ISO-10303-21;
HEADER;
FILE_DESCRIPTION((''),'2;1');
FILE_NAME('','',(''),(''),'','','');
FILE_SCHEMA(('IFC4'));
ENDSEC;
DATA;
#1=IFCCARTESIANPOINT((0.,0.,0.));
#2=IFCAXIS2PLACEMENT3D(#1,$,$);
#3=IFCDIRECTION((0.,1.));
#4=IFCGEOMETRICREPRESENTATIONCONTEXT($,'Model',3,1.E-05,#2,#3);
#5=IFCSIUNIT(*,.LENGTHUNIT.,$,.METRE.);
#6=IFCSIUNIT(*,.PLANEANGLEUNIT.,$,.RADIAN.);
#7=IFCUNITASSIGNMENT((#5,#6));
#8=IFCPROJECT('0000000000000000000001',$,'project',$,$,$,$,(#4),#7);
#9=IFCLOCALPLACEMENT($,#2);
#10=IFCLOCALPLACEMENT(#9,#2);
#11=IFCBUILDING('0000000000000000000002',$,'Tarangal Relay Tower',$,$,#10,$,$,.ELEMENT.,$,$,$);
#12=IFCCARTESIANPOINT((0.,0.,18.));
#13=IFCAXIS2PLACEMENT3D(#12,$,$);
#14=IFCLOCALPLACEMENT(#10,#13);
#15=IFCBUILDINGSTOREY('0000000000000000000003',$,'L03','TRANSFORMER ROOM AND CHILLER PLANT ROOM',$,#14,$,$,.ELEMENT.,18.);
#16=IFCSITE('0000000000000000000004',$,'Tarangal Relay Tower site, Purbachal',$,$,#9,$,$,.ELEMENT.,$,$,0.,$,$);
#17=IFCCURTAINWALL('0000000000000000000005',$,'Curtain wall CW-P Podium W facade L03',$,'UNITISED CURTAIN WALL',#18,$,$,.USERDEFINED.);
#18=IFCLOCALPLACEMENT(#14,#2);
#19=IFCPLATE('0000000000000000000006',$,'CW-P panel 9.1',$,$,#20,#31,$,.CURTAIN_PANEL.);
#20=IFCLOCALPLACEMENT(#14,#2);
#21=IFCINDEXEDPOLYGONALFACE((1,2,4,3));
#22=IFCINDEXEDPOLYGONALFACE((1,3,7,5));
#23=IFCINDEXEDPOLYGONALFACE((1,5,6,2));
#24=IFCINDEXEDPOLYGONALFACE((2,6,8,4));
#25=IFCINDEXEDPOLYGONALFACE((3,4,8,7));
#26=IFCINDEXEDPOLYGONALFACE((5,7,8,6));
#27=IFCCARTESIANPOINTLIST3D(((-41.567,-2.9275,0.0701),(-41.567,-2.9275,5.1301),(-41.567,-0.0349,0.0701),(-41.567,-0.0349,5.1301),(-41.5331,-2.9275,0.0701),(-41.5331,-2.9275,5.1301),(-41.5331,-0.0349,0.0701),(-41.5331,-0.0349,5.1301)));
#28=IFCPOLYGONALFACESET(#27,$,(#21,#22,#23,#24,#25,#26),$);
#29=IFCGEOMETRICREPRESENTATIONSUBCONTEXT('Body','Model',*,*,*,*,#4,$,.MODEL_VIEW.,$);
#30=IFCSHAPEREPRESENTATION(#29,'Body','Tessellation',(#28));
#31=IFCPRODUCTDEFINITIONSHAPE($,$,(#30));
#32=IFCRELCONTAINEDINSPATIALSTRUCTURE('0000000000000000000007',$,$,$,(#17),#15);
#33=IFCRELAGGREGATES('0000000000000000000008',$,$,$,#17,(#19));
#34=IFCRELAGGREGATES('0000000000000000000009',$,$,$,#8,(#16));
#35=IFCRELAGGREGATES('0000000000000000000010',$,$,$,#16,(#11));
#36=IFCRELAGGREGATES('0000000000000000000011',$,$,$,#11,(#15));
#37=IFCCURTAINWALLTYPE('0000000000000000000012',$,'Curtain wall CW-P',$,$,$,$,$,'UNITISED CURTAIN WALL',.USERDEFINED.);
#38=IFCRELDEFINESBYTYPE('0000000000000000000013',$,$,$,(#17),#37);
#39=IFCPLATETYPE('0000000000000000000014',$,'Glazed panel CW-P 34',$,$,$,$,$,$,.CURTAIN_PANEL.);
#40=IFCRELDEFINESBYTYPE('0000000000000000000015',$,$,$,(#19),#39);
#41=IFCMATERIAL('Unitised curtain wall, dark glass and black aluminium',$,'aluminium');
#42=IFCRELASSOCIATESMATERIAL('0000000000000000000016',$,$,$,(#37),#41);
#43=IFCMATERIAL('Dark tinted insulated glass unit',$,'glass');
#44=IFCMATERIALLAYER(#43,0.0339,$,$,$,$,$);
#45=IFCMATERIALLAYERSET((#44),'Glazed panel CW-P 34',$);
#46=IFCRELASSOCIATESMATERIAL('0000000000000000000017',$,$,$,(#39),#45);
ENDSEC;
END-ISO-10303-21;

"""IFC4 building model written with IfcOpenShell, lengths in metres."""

from ifc_helpers import new_model, si_unit, direction, frame, origin, origin_2d, place, context, subcontext, project, spatial, rectangle, extrude, material, layer, layer_set, type_object, element, aggregate, save


model = new_model("IFC4")

# Units and contexts
model_context = context("Model", 3, precision=1e-05, world=origin(), true_north=direction((0.0, 1.0)))
body_context = subcontext(model_context, "Body", "Model", "MODEL_VIEW")
ifc_project = project(units=[si_unit("LENGTHUNIT", "METRE"), si_unit("PLANEANGLEUNIT", "RADIAN")], contexts=[model_context])

# Site, building, storey
site_placement = place(None, origin())
site = spatial("IfcSite", under=ifc_project, at=site_placement, Name="Tarangal Relay Tower site, Purbachal", CompositionType="ELEMENT", RefElevation=0.0)
building_placement = place(site_placement, origin())
building = spatial("IfcBuilding", under=site, at=building_placement, Name="Tarangal Relay Tower", CompositionType="ELEMENT")
storey_placement = place(building_placement, frame((0.0, 0.0, 18.0)))
storey = spatial("IfcBuildingStorey", under=building, at=storey_placement, Name="L03", Description="TRANSFORMER ROOM AND CHILLER PLANT ROOM", CompositionType="ELEMENT", Elevation=18.0)

# Curtain wall
ifc_material_1 = material(Name="Unitised curtain wall, dark glass and black aluminium", Category="aluminium")
curtain_wall_type = type_object("IfcCurtainWallType", Name="Curtain wall CW-P", ElementType="UNITISED CURTAIN WALL", PredefinedType="USERDEFINED", material=ifc_material_1)
curtain_wall_placement = place(storey_placement, origin())
curtain_wall = element("IfcCurtainWall", 1, at=curtain_wall_placement, inside=storey, type_object=curtain_wall_type, Name="Curtain wall CW-P Podium W facade L03", ObjectType="UNITISED CURTAIN WALL", PredefinedType="USERDEFINED")

# Plate
ifc_material_2 = material(Name="Dark tinted insulated glass unit", Category="glass")
ifc_layer = layer(ifc_material_2, 0.0339)
ifc_layer_set = layer_set([ifc_layer], Name="Glazed panel CW-P 34")
plate_type = type_object("IfcPlateType", Name="Glazed panel CW-P 34", PredefinedType="CURTAIN_PANEL", material=ifc_layer_set)
plate_placement = place(storey_placement, frame((-41.55, -1.4812, 0.0701), z_axis=(0.0, 0.0, 1.0), x_axis=(0.0, -1.0, 0.0)))
plate = element("IfcPlate", 2, at=plate_placement, type_object=plate_type, Name="CW-P panel 9.1", PredefinedType="CURTAIN_PANEL", context=body_context, shape_type="SweptSolid", body=[
    extrude(rectangle(XDim=2.8926, YDim=0.0339, at=origin_2d()), origin(), (0.0, 0.0, 1.0), 5.0601),
])
aggregate(curtain_wall, [plate])

save(model, "model.ifc")
